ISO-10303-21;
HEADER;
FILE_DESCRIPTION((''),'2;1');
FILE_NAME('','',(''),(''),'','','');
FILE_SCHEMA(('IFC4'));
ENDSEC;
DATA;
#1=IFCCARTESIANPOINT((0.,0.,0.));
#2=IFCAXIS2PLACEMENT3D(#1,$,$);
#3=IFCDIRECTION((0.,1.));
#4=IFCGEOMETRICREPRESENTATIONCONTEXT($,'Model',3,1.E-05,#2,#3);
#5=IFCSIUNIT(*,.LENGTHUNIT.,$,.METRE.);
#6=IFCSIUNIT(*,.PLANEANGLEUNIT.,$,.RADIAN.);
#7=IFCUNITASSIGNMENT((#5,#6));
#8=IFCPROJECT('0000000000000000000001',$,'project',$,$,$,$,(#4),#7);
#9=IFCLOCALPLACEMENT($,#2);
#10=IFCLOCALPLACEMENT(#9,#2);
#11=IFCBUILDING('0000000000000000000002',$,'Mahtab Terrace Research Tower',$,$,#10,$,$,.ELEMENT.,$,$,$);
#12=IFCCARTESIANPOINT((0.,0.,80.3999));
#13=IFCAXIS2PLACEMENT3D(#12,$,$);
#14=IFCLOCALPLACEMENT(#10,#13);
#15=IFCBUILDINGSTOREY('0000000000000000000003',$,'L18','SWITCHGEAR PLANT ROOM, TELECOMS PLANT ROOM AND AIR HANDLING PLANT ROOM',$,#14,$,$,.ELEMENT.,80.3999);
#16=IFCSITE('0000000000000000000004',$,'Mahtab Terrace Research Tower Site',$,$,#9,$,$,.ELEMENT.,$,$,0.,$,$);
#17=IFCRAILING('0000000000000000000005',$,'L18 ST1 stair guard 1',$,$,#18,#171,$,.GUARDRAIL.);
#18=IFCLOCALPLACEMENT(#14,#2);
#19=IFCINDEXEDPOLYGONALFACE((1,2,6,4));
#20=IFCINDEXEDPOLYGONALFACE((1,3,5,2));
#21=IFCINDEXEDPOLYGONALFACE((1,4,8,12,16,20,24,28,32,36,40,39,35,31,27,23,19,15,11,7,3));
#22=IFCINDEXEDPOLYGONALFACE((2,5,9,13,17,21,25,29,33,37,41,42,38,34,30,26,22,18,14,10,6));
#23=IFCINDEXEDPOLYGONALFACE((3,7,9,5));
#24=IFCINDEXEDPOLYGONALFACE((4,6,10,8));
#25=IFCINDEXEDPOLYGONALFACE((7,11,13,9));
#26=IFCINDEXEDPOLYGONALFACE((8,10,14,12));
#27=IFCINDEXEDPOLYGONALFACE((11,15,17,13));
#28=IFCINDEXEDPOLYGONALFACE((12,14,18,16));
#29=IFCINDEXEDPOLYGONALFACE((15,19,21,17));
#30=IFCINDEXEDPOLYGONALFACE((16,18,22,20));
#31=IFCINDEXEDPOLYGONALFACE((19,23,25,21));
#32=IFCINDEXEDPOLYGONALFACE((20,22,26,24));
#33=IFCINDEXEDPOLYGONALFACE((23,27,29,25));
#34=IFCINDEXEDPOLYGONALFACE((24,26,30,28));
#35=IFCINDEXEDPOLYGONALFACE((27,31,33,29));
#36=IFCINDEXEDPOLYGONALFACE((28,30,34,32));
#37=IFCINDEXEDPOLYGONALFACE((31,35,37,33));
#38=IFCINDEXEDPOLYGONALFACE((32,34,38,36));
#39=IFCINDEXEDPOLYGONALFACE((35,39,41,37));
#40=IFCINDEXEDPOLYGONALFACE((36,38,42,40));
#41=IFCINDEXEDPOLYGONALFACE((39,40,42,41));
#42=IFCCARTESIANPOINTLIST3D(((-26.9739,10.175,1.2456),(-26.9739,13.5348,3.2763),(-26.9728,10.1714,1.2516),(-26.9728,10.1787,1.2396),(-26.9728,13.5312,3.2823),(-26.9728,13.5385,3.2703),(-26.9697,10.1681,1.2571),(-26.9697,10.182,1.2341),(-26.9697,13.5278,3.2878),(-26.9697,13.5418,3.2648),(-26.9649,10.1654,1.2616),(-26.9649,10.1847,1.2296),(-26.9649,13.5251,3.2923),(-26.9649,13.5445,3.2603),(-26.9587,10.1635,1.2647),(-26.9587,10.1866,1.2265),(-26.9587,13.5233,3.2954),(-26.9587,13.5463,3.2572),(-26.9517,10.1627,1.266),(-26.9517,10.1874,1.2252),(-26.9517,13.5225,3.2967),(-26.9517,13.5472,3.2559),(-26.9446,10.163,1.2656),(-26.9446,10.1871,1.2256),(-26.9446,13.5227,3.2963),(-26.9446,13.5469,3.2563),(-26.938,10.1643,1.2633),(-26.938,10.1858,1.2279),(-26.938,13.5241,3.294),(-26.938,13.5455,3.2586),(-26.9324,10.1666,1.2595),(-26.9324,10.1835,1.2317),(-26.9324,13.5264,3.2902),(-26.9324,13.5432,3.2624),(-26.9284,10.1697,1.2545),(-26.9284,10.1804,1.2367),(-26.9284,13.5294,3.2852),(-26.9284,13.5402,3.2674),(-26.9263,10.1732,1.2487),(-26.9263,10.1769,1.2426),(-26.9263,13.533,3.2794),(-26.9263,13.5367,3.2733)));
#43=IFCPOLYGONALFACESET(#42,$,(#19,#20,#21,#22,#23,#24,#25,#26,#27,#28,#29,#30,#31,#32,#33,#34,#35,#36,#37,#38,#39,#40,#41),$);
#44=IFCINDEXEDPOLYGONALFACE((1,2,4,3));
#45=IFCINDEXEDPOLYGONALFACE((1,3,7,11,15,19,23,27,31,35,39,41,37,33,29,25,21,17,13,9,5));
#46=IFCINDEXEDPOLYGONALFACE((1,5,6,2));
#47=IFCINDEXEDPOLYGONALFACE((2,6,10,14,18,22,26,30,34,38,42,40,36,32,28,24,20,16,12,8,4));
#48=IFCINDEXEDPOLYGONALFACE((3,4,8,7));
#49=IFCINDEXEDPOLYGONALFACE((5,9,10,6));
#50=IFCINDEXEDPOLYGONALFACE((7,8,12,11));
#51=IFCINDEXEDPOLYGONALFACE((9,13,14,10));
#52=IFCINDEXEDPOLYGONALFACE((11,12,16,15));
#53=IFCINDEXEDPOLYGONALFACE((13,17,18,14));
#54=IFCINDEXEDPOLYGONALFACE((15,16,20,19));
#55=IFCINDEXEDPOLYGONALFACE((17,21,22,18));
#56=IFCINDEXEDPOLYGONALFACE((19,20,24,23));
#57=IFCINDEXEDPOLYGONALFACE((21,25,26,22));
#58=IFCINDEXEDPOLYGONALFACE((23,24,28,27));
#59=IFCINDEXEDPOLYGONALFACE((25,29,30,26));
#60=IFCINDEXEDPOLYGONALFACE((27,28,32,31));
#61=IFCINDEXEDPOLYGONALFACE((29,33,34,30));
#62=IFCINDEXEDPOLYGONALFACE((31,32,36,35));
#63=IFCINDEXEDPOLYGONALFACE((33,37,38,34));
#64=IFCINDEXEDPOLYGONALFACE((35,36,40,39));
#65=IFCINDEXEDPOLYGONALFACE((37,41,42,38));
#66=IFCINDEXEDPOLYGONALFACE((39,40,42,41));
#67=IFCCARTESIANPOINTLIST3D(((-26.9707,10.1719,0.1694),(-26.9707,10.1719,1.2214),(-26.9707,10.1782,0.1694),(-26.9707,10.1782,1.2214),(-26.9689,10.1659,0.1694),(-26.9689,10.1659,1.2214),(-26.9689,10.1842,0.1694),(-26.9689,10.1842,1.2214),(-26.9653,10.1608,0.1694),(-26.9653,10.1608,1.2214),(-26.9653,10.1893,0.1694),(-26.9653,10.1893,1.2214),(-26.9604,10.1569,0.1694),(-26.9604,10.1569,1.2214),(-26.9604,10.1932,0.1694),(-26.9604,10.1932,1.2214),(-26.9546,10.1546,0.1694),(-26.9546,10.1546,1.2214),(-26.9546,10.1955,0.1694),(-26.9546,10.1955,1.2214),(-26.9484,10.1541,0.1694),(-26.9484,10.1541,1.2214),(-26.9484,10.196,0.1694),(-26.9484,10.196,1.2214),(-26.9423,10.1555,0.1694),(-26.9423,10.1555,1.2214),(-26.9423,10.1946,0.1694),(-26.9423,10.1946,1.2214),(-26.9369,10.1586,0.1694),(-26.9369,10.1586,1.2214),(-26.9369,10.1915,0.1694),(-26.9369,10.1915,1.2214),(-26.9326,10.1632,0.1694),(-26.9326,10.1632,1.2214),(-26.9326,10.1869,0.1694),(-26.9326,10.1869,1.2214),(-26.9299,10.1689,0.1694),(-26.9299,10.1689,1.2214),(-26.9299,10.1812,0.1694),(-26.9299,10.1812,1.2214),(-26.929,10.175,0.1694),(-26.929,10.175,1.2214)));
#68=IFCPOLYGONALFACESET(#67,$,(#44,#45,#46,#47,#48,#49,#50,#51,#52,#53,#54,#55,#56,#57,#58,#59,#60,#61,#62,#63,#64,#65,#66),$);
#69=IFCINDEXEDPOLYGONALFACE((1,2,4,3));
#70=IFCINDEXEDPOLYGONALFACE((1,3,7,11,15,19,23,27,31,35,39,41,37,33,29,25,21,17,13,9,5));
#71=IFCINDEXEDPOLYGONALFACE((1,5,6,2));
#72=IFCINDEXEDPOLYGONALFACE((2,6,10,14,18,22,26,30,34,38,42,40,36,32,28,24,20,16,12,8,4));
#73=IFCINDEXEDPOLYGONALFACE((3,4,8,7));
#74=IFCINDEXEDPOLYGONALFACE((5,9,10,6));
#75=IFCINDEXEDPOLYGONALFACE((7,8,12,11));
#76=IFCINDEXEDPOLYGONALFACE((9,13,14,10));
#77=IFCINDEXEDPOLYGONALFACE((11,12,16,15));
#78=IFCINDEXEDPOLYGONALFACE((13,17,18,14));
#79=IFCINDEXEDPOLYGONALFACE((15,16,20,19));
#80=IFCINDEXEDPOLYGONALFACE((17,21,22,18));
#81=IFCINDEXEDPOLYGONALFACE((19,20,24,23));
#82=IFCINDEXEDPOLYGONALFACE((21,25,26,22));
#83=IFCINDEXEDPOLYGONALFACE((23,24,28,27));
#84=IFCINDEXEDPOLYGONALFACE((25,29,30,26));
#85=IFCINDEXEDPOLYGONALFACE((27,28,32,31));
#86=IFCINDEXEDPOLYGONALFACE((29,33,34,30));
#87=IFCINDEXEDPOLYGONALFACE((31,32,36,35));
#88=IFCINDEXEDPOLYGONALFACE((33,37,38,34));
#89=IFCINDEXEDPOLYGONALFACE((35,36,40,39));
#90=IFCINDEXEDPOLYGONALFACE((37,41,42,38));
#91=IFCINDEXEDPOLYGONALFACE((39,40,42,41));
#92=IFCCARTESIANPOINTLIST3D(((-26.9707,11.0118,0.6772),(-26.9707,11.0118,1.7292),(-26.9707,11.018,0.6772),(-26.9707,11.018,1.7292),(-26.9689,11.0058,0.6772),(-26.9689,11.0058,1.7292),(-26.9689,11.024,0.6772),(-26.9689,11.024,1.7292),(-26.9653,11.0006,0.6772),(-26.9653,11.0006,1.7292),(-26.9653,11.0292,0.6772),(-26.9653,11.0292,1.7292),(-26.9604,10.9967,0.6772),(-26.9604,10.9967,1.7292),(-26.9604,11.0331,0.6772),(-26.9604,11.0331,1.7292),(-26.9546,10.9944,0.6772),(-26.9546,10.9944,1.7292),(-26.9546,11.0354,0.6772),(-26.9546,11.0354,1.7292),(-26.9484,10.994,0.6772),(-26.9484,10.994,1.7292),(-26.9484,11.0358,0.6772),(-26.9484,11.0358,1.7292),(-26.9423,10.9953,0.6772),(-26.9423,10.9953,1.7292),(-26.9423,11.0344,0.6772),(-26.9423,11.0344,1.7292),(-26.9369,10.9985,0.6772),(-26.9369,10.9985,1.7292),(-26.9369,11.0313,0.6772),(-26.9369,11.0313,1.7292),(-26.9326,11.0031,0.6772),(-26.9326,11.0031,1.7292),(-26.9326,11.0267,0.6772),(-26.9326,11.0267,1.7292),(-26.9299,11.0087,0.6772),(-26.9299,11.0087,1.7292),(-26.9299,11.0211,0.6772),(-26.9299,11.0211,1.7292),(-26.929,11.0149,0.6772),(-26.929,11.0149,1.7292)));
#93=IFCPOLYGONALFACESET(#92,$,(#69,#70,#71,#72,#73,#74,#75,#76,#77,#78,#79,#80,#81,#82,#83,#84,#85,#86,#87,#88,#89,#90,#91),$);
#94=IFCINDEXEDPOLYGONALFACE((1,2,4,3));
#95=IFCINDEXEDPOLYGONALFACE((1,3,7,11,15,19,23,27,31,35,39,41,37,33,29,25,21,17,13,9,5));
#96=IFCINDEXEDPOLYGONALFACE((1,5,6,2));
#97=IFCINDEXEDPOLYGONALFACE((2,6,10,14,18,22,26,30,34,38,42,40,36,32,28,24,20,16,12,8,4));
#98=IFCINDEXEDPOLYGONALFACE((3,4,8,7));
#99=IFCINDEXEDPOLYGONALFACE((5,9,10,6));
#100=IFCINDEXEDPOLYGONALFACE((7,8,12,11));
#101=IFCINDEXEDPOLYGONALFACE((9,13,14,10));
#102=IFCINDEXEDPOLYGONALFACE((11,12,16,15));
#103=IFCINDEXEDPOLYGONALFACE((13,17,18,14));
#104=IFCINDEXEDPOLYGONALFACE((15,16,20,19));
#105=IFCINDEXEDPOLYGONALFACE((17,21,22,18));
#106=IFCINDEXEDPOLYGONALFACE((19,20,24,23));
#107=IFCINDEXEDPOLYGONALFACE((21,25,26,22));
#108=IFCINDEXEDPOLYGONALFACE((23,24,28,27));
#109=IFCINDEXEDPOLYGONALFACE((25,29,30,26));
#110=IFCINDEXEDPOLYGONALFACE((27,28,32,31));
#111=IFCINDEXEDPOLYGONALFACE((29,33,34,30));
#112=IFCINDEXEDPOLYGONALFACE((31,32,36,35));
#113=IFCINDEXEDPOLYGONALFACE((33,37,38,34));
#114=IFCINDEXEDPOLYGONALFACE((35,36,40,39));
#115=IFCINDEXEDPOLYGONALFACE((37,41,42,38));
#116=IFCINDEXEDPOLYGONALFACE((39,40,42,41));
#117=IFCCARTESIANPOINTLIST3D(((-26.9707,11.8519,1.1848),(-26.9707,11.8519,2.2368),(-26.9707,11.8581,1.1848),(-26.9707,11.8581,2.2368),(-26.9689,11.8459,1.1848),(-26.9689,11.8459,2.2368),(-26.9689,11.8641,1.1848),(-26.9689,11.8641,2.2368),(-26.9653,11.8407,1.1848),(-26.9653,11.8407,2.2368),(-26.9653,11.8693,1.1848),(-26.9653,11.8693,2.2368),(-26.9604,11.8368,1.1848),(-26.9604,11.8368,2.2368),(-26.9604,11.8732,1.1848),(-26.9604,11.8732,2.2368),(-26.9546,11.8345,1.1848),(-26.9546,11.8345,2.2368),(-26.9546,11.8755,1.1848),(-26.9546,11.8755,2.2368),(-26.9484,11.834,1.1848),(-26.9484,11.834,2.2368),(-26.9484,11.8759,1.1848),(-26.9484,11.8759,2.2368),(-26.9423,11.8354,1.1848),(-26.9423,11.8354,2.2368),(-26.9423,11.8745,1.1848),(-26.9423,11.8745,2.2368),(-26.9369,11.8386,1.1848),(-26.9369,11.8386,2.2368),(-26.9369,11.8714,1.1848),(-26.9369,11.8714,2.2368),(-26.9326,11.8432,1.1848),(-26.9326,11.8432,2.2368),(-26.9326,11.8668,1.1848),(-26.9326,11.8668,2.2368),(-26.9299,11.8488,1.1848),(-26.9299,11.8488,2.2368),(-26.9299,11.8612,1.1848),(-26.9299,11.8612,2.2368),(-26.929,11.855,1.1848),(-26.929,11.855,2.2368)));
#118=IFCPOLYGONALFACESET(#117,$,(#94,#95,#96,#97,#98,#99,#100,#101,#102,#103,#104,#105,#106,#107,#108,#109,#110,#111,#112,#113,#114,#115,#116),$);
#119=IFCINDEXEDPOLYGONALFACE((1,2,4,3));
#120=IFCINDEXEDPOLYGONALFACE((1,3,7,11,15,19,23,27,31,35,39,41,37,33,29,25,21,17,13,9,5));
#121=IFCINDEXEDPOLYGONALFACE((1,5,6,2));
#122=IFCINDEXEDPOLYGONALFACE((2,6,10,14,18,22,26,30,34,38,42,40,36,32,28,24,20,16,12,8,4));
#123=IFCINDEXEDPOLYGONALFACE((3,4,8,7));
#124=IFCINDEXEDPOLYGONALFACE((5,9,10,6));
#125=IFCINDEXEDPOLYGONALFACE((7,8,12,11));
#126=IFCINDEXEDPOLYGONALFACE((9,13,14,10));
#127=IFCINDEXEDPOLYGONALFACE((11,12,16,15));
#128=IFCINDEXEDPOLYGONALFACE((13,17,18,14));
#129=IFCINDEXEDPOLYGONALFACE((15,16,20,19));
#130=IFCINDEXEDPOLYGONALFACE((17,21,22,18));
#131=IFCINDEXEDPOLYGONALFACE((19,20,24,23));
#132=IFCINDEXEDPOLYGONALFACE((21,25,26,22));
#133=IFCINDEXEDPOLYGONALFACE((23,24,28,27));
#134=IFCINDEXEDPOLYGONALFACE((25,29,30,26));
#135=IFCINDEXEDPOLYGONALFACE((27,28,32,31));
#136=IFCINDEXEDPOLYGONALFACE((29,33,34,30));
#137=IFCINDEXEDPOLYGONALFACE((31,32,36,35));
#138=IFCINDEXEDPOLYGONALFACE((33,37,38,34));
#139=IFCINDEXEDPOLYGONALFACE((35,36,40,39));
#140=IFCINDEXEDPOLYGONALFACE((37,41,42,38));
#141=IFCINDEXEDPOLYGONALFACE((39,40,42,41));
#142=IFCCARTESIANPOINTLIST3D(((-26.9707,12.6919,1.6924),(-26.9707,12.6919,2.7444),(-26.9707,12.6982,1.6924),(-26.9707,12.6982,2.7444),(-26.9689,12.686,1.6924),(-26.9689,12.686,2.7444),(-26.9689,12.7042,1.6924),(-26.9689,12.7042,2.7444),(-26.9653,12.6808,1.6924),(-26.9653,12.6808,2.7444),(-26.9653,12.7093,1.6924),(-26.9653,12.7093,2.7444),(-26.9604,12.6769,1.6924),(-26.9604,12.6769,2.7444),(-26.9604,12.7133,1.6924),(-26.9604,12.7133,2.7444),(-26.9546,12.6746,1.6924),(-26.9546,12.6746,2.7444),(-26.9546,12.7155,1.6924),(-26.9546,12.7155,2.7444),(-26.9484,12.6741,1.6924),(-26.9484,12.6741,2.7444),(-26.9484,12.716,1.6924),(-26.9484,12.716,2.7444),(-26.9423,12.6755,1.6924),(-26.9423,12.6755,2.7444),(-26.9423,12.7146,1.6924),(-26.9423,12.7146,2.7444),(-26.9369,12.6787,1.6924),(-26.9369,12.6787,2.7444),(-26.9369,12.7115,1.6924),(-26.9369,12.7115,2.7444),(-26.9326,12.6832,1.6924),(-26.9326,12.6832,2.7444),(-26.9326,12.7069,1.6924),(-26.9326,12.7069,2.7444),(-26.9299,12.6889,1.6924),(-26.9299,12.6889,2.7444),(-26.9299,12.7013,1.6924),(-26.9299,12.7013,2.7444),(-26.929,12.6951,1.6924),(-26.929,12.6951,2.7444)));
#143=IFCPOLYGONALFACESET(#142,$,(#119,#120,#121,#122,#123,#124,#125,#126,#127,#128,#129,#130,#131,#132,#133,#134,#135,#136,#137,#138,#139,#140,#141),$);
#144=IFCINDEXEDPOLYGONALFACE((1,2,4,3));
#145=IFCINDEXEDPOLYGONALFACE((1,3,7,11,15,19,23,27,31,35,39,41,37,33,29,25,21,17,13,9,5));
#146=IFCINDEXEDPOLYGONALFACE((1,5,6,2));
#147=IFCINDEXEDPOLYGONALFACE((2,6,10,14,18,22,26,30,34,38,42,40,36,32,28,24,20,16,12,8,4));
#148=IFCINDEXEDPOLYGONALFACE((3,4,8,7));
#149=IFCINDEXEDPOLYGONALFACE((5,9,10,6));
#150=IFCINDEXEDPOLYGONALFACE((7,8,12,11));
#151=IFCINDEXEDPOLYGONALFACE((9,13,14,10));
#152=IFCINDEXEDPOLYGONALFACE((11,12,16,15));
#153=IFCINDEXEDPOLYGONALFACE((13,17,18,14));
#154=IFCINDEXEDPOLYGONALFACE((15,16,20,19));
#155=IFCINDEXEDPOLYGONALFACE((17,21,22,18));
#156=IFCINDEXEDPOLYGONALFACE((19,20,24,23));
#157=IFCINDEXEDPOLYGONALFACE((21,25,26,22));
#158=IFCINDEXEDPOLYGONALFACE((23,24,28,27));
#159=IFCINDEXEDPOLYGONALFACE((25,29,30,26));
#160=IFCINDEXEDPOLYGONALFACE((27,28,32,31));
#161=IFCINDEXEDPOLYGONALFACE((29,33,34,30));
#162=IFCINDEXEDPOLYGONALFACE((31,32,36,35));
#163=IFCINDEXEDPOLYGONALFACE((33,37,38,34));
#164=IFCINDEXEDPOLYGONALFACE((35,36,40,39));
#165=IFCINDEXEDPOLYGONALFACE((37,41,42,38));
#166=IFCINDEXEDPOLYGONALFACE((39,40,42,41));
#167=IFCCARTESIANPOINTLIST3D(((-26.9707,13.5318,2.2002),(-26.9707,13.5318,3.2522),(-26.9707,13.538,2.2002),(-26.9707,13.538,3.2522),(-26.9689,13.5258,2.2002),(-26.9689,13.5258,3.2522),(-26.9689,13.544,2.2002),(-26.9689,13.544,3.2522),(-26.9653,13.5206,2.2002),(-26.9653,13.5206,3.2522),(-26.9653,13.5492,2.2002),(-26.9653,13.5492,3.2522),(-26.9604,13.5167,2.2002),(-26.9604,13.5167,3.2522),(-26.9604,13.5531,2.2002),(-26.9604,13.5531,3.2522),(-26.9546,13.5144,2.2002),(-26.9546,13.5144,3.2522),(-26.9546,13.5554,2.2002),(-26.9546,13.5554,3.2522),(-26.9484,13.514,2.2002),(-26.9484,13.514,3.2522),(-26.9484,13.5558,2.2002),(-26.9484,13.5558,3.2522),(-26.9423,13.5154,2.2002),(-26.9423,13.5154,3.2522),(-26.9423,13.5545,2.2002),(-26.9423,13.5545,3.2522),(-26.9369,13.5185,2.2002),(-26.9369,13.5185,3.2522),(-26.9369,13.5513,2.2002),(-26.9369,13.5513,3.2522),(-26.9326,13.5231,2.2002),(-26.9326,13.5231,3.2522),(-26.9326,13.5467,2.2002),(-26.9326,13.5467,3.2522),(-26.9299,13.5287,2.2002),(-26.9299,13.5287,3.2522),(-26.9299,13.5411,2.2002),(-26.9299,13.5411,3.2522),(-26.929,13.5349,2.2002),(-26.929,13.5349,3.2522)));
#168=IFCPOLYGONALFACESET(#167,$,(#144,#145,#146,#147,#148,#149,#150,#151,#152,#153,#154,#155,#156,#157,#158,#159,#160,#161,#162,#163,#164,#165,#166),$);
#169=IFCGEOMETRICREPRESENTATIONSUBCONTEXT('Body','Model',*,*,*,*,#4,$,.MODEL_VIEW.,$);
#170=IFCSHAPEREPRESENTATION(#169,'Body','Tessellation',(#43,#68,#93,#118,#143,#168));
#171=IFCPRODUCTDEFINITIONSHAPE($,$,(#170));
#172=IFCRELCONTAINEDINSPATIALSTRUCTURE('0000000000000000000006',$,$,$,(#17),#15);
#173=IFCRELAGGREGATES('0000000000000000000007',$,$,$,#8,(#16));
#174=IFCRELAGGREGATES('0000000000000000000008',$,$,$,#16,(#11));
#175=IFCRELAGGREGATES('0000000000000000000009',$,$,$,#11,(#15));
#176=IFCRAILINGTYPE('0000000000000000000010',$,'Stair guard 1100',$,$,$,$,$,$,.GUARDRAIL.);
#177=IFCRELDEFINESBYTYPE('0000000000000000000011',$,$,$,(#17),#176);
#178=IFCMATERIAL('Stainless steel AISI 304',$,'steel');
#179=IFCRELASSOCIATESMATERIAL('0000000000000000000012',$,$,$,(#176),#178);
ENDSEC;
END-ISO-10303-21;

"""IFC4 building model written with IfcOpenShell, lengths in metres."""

from ifc_helpers import new_model, si_unit, direction, frame, origin, origin_2d, place, context, subcontext, project, spatial, circle, extrude, material, type_object, element, save


model = new_model("IFC4")

# Units and contexts
model_context = context("Model", 3, precision=1e-05, world=origin(), true_north=direction((0.0, 1.0)))
body_context = subcontext(model_context, "Body", "Model", "MODEL_VIEW")
ifc_project = project(units=[si_unit("LENGTHUNIT", "METRE"), si_unit("PLANEANGLEUNIT", "RADIAN")], contexts=[model_context])

# Site, building, storey
site_placement = place(None, origin())
site = spatial("IfcSite", under=ifc_project, at=site_placement, Name="Mahtab Terrace Research Tower Site", CompositionType="ELEMENT", RefElevation=0.0)
building_placement = place(site_placement, origin())
building = spatial("IfcBuilding", under=site, at=building_placement, Name="Mahtab Terrace Research Tower", CompositionType="ELEMENT")
storey_placement = place(building_placement, frame((0.0, 0.0, 80.3999)))
storey = spatial("IfcBuildingStorey", under=building, at=storey_placement, Name="L18", Description="SWITCHGEAR PLANT ROOM, TELECOMS PLANT ROOM AND AIR HANDLING PLANT ROOM", CompositionType="ELEMENT", Elevation=80.3999)

# Railing
ifc_material_1 = material(Name="Stainless steel AISI 304", Category="steel")
railing_type_1 = type_object("IfcRailingType", Name="Stair guard 1100", PredefinedType="GUARDRAIL", material=ifc_material_1)
railing_1_placement = place(storey_placement, frame((-26.95, 10.175, 0.1694)))
element("IfcRailing", 1, at=railing_1_placement, inside=storey, type_object=railing_type_1, Name="L18 ST1 stair guard 1", PredefinedType="GUARDRAIL", context=body_context, shape_type="SweptSolid", body=[
    extrude(circle(Radius=0.0239, at=origin_2d()), frame((0.0, 0.0, 1.0762), z_axis=(0.0, 0.85582, 0.517273), x_axis=(-1.0, 0.0, 0.0)), (0.0, 0.0, 1.0), 3.9258),
    extrude(circle(Radius=0.021, at=origin_2d()), origin(), (0.0, 0.0, 1.0), 1.052),
    extrude(circle(Radius=0.021, at=origin_2d()), frame((0.0, 0.8398, 0.5078)), (0.0, 0.0, 1.0), 1.052),
    extrude(circle(Radius=0.021, at=origin_2d()), frame((0.0, 1.6799, 1.0154)), (0.0, 0.0, 1.0), 1.052),
    extrude(circle(Radius=0.021, at=origin_2d()), frame((0.0, 2.52, 1.5229)), (0.0, 0.0, 1.0), 1.052),
    extrude(circle(Radius=0.021, at=origin_2d()), frame((0.0, 3.3599, 2.0308)), (0.0, 0.0, 1.0), 1.052),
])

save(model, "model.ifc")
